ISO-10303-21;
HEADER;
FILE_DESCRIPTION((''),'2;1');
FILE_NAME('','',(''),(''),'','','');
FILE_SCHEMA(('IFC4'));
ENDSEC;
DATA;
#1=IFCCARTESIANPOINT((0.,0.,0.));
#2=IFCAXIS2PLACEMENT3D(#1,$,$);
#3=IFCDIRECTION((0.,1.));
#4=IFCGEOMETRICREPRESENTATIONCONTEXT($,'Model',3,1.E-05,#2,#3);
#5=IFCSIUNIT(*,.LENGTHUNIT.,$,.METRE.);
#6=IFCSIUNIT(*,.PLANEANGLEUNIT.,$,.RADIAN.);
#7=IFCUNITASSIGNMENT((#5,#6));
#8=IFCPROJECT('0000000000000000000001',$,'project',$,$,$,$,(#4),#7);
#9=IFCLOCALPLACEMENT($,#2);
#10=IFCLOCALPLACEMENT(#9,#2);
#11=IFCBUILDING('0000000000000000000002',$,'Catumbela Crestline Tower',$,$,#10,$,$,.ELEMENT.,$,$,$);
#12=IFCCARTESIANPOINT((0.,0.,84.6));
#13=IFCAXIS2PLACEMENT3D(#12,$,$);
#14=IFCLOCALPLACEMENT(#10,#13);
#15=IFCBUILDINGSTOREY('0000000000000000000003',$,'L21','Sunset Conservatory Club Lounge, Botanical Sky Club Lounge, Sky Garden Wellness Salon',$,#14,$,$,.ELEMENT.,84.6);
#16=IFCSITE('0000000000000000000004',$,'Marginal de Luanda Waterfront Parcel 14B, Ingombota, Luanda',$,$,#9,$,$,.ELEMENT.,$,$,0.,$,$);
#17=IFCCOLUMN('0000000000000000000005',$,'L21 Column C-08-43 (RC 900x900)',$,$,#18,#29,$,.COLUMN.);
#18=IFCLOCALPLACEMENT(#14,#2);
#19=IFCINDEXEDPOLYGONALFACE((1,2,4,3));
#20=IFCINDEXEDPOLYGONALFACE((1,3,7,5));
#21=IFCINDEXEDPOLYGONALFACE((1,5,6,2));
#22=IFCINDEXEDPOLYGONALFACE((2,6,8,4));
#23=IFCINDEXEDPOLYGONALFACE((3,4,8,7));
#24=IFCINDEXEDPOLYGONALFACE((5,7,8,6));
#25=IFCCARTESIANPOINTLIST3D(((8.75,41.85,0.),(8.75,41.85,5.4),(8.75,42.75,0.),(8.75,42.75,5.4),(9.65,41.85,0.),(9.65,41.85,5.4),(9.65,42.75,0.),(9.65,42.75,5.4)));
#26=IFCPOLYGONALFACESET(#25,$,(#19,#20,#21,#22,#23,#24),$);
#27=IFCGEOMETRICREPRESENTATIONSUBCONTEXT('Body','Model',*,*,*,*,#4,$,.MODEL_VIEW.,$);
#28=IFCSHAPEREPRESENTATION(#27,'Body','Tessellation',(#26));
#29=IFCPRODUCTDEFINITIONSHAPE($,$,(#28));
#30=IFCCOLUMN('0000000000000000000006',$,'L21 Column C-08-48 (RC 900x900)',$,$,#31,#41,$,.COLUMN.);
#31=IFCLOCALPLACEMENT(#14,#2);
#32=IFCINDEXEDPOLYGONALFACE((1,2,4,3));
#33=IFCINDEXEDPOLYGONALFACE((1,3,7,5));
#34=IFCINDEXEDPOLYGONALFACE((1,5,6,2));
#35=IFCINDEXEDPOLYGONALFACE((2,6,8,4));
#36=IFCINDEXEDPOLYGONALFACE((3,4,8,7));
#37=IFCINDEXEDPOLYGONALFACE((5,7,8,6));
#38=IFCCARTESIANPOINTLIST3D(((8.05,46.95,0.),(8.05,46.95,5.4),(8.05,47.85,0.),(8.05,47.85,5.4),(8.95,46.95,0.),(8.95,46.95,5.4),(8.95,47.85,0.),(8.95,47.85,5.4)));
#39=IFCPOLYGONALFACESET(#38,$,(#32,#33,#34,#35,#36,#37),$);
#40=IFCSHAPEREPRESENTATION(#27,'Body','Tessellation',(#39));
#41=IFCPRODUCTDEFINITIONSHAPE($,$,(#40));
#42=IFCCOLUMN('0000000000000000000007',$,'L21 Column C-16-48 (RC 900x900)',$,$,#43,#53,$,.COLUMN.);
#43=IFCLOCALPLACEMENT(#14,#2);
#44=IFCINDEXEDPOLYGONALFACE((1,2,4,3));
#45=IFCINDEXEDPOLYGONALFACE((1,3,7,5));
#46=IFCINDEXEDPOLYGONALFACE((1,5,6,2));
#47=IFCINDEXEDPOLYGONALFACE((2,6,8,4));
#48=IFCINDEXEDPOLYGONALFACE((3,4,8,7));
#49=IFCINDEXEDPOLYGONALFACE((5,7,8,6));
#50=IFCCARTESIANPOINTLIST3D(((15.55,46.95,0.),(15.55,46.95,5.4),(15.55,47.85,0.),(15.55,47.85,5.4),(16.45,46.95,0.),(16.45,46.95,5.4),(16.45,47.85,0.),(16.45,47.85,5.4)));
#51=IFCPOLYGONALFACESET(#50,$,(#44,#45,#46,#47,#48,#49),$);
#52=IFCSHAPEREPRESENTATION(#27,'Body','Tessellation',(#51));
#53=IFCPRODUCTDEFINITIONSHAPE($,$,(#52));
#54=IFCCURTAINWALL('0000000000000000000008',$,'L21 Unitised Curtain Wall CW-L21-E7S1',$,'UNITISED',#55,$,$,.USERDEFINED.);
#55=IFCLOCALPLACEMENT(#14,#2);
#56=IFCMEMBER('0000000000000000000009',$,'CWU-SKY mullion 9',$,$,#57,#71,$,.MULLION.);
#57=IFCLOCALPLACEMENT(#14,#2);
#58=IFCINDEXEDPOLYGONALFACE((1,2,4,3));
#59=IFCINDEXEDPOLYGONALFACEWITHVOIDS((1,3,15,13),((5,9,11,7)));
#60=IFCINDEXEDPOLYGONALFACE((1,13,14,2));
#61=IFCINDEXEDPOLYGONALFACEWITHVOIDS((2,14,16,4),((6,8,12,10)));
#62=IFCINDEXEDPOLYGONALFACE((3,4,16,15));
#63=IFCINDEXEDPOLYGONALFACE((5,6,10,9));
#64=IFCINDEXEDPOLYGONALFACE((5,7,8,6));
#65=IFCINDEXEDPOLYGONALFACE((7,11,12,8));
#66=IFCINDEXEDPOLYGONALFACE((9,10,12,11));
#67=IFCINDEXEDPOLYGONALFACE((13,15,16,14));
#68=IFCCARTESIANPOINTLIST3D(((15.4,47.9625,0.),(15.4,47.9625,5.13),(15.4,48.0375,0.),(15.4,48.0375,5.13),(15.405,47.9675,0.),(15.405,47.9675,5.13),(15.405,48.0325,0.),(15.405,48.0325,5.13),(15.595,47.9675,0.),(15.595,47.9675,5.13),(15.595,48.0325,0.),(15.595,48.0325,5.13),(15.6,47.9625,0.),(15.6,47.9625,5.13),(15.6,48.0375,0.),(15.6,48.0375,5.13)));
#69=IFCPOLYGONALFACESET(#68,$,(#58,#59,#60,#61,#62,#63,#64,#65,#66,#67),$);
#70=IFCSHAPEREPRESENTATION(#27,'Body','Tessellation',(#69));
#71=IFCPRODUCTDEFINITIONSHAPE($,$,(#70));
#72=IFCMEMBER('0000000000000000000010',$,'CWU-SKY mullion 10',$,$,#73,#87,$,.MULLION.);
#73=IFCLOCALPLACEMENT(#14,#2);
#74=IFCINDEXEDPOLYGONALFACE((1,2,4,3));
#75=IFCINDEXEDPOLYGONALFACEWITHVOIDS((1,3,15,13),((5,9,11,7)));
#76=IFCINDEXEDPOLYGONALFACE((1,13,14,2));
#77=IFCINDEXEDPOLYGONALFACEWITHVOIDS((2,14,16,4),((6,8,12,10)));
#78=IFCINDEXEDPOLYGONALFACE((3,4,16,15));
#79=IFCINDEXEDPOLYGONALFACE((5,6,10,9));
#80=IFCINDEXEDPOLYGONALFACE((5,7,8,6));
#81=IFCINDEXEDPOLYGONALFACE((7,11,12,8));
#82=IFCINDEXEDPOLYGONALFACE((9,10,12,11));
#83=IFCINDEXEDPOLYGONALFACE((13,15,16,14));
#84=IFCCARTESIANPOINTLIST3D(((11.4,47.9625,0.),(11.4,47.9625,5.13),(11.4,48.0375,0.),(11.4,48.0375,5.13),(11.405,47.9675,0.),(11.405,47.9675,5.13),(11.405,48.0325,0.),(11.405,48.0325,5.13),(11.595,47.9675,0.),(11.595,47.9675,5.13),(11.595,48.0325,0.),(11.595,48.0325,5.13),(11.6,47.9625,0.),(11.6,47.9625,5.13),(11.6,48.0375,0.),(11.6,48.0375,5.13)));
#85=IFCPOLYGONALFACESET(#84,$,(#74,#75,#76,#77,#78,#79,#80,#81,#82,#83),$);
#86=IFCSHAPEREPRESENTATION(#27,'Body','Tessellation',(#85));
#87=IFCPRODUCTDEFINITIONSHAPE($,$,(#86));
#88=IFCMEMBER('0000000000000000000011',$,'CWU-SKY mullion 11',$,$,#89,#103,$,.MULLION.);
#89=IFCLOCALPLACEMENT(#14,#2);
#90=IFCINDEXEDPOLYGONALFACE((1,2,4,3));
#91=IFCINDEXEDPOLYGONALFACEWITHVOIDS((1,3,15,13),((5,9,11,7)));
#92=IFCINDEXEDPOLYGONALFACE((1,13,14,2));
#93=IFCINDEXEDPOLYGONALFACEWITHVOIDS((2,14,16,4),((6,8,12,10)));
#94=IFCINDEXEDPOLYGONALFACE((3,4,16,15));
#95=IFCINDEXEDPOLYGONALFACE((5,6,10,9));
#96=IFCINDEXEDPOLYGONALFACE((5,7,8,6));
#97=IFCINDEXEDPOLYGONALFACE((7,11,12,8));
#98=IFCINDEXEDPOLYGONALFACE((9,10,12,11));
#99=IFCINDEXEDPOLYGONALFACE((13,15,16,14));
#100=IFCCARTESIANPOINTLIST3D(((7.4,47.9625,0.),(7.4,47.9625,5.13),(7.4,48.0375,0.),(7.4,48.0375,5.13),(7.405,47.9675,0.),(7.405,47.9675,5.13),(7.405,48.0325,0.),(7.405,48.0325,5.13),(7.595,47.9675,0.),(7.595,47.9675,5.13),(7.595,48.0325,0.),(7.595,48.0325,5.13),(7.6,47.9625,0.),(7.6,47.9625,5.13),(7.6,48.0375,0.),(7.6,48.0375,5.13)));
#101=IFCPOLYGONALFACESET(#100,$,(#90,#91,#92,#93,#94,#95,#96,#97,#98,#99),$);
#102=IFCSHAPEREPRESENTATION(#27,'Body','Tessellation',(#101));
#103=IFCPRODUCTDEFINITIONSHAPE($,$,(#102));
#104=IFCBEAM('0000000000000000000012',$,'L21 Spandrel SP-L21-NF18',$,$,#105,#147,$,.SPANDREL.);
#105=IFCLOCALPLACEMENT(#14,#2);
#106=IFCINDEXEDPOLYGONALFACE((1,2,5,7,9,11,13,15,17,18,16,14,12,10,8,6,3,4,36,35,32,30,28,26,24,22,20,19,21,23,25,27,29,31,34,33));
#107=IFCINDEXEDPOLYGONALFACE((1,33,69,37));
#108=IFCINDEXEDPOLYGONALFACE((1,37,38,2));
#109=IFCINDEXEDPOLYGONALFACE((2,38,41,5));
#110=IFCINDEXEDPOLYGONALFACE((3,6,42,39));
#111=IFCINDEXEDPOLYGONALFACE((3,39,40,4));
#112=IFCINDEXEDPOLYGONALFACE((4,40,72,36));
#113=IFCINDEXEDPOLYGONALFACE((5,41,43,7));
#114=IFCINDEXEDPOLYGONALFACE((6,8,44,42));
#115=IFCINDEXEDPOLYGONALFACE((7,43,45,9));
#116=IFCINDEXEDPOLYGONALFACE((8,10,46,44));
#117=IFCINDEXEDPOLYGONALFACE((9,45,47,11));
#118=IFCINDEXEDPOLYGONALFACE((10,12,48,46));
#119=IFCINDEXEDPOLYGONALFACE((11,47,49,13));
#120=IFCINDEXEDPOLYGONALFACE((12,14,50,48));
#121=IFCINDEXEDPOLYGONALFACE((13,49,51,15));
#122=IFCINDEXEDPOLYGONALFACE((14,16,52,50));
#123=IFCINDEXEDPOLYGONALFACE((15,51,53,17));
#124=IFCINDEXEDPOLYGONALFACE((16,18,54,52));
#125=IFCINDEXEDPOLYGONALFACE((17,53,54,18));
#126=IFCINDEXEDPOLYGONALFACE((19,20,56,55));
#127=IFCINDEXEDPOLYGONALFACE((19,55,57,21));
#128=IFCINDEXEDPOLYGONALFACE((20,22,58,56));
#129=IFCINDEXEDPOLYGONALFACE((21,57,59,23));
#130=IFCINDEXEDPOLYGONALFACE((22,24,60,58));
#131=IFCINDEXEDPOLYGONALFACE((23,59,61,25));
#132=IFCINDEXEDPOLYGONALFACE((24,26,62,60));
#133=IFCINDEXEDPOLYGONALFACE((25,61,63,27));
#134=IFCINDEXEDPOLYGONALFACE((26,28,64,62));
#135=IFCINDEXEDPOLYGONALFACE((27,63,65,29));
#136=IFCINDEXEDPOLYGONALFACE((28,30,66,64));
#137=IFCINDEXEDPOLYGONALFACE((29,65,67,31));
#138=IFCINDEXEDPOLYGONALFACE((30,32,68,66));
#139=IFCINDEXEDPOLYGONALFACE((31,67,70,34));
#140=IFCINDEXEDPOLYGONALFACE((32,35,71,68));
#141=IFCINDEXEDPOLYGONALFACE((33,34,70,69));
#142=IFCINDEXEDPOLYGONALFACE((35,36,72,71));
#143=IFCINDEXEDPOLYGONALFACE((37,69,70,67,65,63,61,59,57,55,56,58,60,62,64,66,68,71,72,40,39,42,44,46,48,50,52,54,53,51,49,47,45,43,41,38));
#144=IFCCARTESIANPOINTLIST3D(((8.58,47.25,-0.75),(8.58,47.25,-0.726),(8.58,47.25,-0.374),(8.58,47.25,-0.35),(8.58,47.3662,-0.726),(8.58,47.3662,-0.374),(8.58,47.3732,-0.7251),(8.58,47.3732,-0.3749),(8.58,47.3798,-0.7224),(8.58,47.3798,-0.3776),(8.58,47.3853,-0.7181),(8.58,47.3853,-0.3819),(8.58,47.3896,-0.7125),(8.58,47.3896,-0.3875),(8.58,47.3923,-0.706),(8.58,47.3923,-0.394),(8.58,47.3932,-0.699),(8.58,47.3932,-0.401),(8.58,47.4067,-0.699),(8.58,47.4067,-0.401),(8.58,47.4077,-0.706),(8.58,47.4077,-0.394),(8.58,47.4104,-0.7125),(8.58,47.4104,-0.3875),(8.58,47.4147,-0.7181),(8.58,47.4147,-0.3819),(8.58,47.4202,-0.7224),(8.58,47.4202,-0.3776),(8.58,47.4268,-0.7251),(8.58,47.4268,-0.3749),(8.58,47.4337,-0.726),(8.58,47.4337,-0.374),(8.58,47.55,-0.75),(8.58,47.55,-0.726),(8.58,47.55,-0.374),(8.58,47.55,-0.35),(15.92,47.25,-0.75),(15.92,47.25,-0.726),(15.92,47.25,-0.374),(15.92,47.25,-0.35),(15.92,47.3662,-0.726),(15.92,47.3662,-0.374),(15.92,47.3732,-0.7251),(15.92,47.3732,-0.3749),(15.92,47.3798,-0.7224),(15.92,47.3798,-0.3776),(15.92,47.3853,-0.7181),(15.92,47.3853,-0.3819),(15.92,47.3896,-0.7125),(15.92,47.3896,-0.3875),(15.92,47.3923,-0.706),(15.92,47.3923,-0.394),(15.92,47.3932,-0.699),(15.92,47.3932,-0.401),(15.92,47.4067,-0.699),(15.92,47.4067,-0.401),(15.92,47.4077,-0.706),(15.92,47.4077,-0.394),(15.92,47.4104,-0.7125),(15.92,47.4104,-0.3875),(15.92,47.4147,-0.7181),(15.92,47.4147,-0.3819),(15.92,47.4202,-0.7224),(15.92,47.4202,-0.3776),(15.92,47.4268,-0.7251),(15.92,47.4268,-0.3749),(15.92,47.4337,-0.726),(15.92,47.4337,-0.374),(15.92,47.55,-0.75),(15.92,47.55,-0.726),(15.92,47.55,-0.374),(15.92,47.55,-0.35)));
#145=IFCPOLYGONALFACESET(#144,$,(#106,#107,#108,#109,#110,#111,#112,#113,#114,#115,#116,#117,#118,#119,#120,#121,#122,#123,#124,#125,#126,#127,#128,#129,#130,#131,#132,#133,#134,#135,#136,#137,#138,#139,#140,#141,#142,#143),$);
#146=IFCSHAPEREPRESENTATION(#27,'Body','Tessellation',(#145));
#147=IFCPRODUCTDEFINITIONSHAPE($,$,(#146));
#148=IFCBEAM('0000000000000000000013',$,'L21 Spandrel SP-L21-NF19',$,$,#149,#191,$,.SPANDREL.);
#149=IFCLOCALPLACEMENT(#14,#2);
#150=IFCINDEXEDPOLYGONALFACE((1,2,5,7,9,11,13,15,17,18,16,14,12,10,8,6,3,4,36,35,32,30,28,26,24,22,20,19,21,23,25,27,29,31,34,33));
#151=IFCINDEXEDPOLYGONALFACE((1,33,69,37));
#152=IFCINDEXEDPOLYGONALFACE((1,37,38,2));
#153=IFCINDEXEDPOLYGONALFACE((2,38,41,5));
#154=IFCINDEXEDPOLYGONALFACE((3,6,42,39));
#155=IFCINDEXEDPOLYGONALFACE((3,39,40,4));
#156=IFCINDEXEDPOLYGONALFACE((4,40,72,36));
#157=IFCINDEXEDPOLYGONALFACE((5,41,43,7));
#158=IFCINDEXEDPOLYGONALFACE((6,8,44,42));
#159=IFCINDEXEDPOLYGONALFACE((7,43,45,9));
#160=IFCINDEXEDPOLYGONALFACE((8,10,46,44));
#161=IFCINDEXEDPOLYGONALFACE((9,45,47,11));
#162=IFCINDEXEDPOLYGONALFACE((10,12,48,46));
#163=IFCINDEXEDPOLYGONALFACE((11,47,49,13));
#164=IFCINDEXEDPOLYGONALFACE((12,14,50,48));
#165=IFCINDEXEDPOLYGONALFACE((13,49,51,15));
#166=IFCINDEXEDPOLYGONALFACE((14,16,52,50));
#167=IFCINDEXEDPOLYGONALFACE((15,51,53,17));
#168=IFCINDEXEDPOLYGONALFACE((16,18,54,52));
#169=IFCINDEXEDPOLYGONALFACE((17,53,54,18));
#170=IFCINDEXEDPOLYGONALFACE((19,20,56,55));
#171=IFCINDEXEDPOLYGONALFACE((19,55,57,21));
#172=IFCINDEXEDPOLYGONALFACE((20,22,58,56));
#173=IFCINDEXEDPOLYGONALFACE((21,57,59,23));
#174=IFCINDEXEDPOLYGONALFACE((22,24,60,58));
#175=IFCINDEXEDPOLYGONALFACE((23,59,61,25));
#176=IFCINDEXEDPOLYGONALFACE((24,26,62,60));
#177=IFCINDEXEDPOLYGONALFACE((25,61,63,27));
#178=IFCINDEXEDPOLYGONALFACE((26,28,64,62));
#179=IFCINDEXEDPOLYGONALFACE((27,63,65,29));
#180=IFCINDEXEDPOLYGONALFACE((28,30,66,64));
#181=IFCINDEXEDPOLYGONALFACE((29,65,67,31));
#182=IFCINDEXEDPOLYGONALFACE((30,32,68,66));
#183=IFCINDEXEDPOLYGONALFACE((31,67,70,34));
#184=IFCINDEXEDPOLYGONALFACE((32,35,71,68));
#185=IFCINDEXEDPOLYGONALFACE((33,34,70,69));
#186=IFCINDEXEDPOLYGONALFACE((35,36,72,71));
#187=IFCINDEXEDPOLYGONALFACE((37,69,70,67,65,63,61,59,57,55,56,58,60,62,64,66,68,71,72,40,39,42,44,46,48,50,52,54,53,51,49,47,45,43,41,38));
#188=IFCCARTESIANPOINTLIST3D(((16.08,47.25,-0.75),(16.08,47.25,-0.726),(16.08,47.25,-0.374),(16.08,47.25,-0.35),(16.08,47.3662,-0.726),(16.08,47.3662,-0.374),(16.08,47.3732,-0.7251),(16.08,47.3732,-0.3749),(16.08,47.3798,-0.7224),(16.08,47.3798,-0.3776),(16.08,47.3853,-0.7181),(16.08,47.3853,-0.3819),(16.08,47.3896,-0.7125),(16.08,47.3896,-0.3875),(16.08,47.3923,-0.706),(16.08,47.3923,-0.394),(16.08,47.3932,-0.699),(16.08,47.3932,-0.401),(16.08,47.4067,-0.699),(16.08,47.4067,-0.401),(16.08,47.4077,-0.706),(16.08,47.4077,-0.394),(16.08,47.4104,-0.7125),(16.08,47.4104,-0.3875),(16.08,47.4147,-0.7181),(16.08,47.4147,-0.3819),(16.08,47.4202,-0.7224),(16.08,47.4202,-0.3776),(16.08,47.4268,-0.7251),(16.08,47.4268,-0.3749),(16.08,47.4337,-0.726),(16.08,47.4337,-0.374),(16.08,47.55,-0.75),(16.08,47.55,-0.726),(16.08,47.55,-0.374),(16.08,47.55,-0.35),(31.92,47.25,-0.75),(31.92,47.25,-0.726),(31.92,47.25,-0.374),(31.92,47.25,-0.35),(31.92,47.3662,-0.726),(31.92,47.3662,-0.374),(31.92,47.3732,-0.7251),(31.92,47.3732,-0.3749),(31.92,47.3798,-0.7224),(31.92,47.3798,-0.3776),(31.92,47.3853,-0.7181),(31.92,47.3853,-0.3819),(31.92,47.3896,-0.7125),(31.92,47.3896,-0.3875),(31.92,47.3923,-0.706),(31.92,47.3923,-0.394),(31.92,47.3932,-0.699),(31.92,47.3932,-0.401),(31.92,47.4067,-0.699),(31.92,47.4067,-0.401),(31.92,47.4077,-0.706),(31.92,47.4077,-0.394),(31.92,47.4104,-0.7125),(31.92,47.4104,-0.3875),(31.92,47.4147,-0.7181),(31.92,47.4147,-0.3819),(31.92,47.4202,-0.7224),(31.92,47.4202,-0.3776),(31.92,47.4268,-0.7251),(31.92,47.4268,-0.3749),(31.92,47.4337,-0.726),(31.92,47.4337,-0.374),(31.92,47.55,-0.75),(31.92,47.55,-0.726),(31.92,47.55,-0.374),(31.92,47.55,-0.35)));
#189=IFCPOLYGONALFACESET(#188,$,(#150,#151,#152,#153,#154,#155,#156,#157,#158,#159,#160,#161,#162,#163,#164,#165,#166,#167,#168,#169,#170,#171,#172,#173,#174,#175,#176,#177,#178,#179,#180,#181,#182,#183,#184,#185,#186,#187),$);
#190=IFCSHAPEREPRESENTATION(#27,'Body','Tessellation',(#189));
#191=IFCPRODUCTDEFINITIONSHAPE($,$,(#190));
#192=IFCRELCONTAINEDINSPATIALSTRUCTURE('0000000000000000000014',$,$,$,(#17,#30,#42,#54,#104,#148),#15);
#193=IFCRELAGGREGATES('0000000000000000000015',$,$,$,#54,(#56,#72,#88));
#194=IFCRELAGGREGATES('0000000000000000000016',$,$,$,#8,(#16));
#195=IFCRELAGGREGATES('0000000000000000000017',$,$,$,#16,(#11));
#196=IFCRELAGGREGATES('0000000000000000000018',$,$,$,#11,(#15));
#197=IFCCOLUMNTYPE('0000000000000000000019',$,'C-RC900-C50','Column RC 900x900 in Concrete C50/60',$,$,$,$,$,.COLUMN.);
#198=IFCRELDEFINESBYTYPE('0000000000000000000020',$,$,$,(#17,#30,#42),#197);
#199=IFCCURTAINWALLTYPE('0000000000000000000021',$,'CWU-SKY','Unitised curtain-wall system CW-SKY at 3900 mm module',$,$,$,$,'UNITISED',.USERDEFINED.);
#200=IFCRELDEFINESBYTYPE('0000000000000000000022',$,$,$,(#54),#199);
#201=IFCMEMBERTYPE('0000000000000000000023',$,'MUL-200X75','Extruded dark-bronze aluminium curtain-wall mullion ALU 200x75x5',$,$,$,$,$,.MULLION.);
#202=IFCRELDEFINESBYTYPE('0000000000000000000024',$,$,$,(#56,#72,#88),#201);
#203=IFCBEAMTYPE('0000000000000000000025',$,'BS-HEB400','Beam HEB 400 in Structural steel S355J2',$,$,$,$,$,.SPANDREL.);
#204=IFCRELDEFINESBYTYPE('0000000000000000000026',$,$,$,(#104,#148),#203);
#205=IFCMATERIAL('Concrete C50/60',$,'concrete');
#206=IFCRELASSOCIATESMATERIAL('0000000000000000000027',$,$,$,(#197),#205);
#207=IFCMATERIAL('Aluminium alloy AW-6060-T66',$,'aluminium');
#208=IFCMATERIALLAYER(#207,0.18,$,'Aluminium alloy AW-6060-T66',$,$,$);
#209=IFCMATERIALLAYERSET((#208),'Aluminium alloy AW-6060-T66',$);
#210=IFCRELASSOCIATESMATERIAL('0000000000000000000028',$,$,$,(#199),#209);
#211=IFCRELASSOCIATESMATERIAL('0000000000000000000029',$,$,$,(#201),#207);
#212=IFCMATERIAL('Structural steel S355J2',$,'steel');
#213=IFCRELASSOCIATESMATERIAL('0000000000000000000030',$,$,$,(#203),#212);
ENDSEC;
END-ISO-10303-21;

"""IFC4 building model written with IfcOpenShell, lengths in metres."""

from ifc_helpers import new_model, si_unit, direction, frame, origin, origin_2d, place, context, subcontext, project, spatial, rectangle, hollow_rectangle, i_section, extrude, material, layer, layer_set, material_profile, profile_set, type_object, element, aggregate, save


model = new_model("IFC4")

# Units and contexts
model_context = context("Model", 3, precision=1e-05, world=origin(), true_north=direction((0.0, 1.0)))
body_context = subcontext(model_context, "Body", "Model", "MODEL_VIEW")
ifc_project = project(units=[si_unit("LENGTHUNIT", "METRE"), si_unit("PLANEANGLEUNIT", "RADIAN")], contexts=[model_context])

# Site, building, storey
site_placement = place(None, origin())
site = spatial("IfcSite", under=ifc_project, at=site_placement, Name="Marginal de Luanda Waterfront Parcel 14B, Ingombota, Luanda", CompositionType="ELEMENT", RefElevation=0.0)
building_placement = place(site_placement, origin())
building = spatial("IfcBuilding", under=site, at=building_placement, Name="Catumbela Crestline Tower", CompositionType="ELEMENT")
storey_placement = place(building_placement, frame((0.0, 0.0, 84.6)))
storey = spatial("IfcBuildingStorey", under=building, at=storey_placement, Name="L21", Description="Sunset Conservatory Club Lounge, Botanical Sky Club Lounge, Sky Garden Wellness Salon", CompositionType="ELEMENT", Elevation=84.6)

# Columns
ifc_material_1 = material(Name="Concrete C50/60", Category="concrete")
ifc_material_profile_1 = material_profile(ifc_material_1, rectangle(XDim=0.9, YDim=0.9, at=origin_2d()), Name="RC 900x900")
ifc_profile_set_1 = profile_set([ifc_material_profile_1], Name="Concrete C50/60")
column_type = type_object("IfcColumnType", Name="C-RC900-C50", Description="Column RC 900x900 in Concrete C50/60", PredefinedType="COLUMN", material=ifc_profile_set_1)
for number, where, z_axis, x_axis, name in (
    (1, (9.2, 42.3, 0.0), (0.0, 0.0, 1.0), (1.0, 0.0, 0.0), "L21 Column C-08-43 (RC 900x900)"),
    (2, (8.5, 47.4, 0.0), (0.0, 0.0, 1.0), (1.0, 0.0, 0.0), "L21 Column C-08-48 (RC 900x900)"),
    (3, (16.0, 47.4, 0.0), (0.0, 0.0, 1.0), (1.0, 0.0, 0.0), "L21 Column C-16-48 (RC 900x900)"),
):
    element("IfcColumn", number, at=place(storey_placement, frame(where, z_axis=z_axis, x_axis=x_axis)), inside=storey, type_object=column_type, Name=name, PredefinedType="COLUMN", context=body_context, shape_type="SweptSolid", body=[
        extrude(rectangle(XDim=0.9, YDim=0.9, at=origin_2d()), origin(), (0.0, 0.0, 1.0), 5.4),
    ])

# Curtain wall, members
ifc_material_2 = material(Name="Aluminium alloy AW-6060-T66", Category="aluminium")
ifc_layer_1 = layer(ifc_material_2, 0.18, Name="Aluminium alloy AW-6060-T66")
ifc_layer_set_1 = layer_set([ifc_layer_1], Name="Aluminium alloy AW-6060-T66")
curtain_wall_type = type_object("IfcCurtainWallType", Name="CWU-SKY", Description="Unitised curtain-wall system CW-SKY at 3900 mm module", ElementType="UNITISED", PredefinedType="USERDEFINED", material=ifc_layer_set_1)
curtain_wall_placement = place(storey_placement, origin())
curtain_wall = element("IfcCurtainWall", 4, at=curtain_wall_placement, inside=storey, type_object=curtain_wall_type, Name="L21 Unitised Curtain Wall CW-L21-E7S1", ObjectType="UNITISED", PredefinedType="USERDEFINED")
ifc_material_profile_2 = material_profile(ifc_material_2, hollow_rectangle(XDim=0.075, YDim=0.2, WallThickness=0.005, at=origin_2d()), Name="ALU 200x75x5")
ifc_profile_set_2 = profile_set([ifc_material_profile_2], Name="Aluminium alloy AW-6060-T66")
member_type_1 = type_object("IfcMemberType", Name="MUL-200X75", Description="Extruded dark-bronze aluminium curtain-wall mullion ALU 200x75x5", PredefinedType="MULLION", material=ifc_profile_set_2)
member_1_placement = place(storey_placement, frame((15.5, 48.0, 0.0), z_axis=(0.0, 0.0, 1.0), x_axis=(0.0, -1.0, 0.0)))
member_1 = element("IfcMember", 5, at=member_1_placement, type_object=member_type_1, Name="CWU-SKY mullion 9", PredefinedType="MULLION", context=body_context, shape_type="SweptSolid", body=[
    extrude(hollow_rectangle(XDim=0.075, YDim=0.2, WallThickness=0.005, at=origin_2d()), origin(), (0.0, 0.0, 1.0), 5.13),
])
member_2_placement = place(storey_placement, frame((11.5, 48.0, 0.0), z_axis=(0.0, 0.0, 1.0), x_axis=(0.0, -1.0, 0.0)))
member_2 = element("IfcMember", 6, at=member_2_placement, type_object=member_type_1, Name="CWU-SKY mullion 10", PredefinedType="MULLION", context=body_context, shape_type="SweptSolid", body=[
    extrude(hollow_rectangle(XDim=0.075, YDim=0.2, WallThickness=0.005, at=origin_2d()), origin(), (0.0, 0.0, 1.0), 5.13),
])
member_3_placement = place(storey_placement, frame((7.5, 48.0, 0.0), z_axis=(0.0, 0.0, 1.0), x_axis=(0.0, -1.0, 0.0)))
member_3 = element("IfcMember", 7, at=member_3_placement, type_object=member_type_1, Name="CWU-SKY mullion 11", PredefinedType="MULLION", context=body_context, shape_type="SweptSolid", body=[
    extrude(hollow_rectangle(XDim=0.075, YDim=0.2, WallThickness=0.005, at=origin_2d()), origin(), (0.0, 0.0, 1.0), 5.13),
])

# Beams
ifc_material_3 = material(Name="Structural steel S355J2", Category="steel")
ifc_material_profile_3 = material_profile(ifc_material_3, i_section(OverallWidth=0.3, OverallDepth=0.4, WebThickness=0.0135, FlangeThickness=0.024, FilletRadius=0.027, at=origin_2d()), Name="HEB 400")
ifc_profile_set_3 = profile_set([ifc_material_profile_3], Name="Structural steel S355J2")
beam_type = type_object("IfcBeamType", Name="BS-HEB400", Description="Beam HEB 400 in Structural steel S355J2", PredefinedType="SPANDREL", material=ifc_profile_set_3)
beam_1_placement = place(storey_placement, frame((8.58, 47.4, -0.55), z_axis=(1.0, 0.0, 0.0), x_axis=(0.0, 1.0, 0.0)))
element("IfcBeam", 8, at=beam_1_placement, inside=storey, type_object=beam_type, Name="L21 Spandrel SP-L21-NF18", PredefinedType="SPANDREL", context=body_context, shape_type="SweptSolid", body=[
    extrude(i_section(OverallWidth=0.3, OverallDepth=0.4, WebThickness=0.0135, FlangeThickness=0.024, FilletRadius=0.027, at=origin_2d()), origin(), (0.0, 0.0, 1.0), 7.34),
])
beam_2_placement = place(storey_placement, frame((16.08, 47.4, -0.55), z_axis=(1.0, 0.0, 0.0), x_axis=(0.0, 1.0, 0.0)))
element("IfcBeam", 9, at=beam_2_placement, inside=storey, type_object=beam_type, Name="L21 Spandrel SP-L21-NF19", PredefinedType="SPANDREL", context=body_context, shape_type="SweptSolid", body=[
    extrude(i_section(OverallWidth=0.3, OverallDepth=0.4, WebThickness=0.0135, FlangeThickness=0.024, FilletRadius=0.027, at=origin_2d()), origin(), (0.0, 0.0, 1.0), 15.84),
])

aggregate(curtain_wall, [member_1, member_2, member_3])

save(model, "model.ifc")
